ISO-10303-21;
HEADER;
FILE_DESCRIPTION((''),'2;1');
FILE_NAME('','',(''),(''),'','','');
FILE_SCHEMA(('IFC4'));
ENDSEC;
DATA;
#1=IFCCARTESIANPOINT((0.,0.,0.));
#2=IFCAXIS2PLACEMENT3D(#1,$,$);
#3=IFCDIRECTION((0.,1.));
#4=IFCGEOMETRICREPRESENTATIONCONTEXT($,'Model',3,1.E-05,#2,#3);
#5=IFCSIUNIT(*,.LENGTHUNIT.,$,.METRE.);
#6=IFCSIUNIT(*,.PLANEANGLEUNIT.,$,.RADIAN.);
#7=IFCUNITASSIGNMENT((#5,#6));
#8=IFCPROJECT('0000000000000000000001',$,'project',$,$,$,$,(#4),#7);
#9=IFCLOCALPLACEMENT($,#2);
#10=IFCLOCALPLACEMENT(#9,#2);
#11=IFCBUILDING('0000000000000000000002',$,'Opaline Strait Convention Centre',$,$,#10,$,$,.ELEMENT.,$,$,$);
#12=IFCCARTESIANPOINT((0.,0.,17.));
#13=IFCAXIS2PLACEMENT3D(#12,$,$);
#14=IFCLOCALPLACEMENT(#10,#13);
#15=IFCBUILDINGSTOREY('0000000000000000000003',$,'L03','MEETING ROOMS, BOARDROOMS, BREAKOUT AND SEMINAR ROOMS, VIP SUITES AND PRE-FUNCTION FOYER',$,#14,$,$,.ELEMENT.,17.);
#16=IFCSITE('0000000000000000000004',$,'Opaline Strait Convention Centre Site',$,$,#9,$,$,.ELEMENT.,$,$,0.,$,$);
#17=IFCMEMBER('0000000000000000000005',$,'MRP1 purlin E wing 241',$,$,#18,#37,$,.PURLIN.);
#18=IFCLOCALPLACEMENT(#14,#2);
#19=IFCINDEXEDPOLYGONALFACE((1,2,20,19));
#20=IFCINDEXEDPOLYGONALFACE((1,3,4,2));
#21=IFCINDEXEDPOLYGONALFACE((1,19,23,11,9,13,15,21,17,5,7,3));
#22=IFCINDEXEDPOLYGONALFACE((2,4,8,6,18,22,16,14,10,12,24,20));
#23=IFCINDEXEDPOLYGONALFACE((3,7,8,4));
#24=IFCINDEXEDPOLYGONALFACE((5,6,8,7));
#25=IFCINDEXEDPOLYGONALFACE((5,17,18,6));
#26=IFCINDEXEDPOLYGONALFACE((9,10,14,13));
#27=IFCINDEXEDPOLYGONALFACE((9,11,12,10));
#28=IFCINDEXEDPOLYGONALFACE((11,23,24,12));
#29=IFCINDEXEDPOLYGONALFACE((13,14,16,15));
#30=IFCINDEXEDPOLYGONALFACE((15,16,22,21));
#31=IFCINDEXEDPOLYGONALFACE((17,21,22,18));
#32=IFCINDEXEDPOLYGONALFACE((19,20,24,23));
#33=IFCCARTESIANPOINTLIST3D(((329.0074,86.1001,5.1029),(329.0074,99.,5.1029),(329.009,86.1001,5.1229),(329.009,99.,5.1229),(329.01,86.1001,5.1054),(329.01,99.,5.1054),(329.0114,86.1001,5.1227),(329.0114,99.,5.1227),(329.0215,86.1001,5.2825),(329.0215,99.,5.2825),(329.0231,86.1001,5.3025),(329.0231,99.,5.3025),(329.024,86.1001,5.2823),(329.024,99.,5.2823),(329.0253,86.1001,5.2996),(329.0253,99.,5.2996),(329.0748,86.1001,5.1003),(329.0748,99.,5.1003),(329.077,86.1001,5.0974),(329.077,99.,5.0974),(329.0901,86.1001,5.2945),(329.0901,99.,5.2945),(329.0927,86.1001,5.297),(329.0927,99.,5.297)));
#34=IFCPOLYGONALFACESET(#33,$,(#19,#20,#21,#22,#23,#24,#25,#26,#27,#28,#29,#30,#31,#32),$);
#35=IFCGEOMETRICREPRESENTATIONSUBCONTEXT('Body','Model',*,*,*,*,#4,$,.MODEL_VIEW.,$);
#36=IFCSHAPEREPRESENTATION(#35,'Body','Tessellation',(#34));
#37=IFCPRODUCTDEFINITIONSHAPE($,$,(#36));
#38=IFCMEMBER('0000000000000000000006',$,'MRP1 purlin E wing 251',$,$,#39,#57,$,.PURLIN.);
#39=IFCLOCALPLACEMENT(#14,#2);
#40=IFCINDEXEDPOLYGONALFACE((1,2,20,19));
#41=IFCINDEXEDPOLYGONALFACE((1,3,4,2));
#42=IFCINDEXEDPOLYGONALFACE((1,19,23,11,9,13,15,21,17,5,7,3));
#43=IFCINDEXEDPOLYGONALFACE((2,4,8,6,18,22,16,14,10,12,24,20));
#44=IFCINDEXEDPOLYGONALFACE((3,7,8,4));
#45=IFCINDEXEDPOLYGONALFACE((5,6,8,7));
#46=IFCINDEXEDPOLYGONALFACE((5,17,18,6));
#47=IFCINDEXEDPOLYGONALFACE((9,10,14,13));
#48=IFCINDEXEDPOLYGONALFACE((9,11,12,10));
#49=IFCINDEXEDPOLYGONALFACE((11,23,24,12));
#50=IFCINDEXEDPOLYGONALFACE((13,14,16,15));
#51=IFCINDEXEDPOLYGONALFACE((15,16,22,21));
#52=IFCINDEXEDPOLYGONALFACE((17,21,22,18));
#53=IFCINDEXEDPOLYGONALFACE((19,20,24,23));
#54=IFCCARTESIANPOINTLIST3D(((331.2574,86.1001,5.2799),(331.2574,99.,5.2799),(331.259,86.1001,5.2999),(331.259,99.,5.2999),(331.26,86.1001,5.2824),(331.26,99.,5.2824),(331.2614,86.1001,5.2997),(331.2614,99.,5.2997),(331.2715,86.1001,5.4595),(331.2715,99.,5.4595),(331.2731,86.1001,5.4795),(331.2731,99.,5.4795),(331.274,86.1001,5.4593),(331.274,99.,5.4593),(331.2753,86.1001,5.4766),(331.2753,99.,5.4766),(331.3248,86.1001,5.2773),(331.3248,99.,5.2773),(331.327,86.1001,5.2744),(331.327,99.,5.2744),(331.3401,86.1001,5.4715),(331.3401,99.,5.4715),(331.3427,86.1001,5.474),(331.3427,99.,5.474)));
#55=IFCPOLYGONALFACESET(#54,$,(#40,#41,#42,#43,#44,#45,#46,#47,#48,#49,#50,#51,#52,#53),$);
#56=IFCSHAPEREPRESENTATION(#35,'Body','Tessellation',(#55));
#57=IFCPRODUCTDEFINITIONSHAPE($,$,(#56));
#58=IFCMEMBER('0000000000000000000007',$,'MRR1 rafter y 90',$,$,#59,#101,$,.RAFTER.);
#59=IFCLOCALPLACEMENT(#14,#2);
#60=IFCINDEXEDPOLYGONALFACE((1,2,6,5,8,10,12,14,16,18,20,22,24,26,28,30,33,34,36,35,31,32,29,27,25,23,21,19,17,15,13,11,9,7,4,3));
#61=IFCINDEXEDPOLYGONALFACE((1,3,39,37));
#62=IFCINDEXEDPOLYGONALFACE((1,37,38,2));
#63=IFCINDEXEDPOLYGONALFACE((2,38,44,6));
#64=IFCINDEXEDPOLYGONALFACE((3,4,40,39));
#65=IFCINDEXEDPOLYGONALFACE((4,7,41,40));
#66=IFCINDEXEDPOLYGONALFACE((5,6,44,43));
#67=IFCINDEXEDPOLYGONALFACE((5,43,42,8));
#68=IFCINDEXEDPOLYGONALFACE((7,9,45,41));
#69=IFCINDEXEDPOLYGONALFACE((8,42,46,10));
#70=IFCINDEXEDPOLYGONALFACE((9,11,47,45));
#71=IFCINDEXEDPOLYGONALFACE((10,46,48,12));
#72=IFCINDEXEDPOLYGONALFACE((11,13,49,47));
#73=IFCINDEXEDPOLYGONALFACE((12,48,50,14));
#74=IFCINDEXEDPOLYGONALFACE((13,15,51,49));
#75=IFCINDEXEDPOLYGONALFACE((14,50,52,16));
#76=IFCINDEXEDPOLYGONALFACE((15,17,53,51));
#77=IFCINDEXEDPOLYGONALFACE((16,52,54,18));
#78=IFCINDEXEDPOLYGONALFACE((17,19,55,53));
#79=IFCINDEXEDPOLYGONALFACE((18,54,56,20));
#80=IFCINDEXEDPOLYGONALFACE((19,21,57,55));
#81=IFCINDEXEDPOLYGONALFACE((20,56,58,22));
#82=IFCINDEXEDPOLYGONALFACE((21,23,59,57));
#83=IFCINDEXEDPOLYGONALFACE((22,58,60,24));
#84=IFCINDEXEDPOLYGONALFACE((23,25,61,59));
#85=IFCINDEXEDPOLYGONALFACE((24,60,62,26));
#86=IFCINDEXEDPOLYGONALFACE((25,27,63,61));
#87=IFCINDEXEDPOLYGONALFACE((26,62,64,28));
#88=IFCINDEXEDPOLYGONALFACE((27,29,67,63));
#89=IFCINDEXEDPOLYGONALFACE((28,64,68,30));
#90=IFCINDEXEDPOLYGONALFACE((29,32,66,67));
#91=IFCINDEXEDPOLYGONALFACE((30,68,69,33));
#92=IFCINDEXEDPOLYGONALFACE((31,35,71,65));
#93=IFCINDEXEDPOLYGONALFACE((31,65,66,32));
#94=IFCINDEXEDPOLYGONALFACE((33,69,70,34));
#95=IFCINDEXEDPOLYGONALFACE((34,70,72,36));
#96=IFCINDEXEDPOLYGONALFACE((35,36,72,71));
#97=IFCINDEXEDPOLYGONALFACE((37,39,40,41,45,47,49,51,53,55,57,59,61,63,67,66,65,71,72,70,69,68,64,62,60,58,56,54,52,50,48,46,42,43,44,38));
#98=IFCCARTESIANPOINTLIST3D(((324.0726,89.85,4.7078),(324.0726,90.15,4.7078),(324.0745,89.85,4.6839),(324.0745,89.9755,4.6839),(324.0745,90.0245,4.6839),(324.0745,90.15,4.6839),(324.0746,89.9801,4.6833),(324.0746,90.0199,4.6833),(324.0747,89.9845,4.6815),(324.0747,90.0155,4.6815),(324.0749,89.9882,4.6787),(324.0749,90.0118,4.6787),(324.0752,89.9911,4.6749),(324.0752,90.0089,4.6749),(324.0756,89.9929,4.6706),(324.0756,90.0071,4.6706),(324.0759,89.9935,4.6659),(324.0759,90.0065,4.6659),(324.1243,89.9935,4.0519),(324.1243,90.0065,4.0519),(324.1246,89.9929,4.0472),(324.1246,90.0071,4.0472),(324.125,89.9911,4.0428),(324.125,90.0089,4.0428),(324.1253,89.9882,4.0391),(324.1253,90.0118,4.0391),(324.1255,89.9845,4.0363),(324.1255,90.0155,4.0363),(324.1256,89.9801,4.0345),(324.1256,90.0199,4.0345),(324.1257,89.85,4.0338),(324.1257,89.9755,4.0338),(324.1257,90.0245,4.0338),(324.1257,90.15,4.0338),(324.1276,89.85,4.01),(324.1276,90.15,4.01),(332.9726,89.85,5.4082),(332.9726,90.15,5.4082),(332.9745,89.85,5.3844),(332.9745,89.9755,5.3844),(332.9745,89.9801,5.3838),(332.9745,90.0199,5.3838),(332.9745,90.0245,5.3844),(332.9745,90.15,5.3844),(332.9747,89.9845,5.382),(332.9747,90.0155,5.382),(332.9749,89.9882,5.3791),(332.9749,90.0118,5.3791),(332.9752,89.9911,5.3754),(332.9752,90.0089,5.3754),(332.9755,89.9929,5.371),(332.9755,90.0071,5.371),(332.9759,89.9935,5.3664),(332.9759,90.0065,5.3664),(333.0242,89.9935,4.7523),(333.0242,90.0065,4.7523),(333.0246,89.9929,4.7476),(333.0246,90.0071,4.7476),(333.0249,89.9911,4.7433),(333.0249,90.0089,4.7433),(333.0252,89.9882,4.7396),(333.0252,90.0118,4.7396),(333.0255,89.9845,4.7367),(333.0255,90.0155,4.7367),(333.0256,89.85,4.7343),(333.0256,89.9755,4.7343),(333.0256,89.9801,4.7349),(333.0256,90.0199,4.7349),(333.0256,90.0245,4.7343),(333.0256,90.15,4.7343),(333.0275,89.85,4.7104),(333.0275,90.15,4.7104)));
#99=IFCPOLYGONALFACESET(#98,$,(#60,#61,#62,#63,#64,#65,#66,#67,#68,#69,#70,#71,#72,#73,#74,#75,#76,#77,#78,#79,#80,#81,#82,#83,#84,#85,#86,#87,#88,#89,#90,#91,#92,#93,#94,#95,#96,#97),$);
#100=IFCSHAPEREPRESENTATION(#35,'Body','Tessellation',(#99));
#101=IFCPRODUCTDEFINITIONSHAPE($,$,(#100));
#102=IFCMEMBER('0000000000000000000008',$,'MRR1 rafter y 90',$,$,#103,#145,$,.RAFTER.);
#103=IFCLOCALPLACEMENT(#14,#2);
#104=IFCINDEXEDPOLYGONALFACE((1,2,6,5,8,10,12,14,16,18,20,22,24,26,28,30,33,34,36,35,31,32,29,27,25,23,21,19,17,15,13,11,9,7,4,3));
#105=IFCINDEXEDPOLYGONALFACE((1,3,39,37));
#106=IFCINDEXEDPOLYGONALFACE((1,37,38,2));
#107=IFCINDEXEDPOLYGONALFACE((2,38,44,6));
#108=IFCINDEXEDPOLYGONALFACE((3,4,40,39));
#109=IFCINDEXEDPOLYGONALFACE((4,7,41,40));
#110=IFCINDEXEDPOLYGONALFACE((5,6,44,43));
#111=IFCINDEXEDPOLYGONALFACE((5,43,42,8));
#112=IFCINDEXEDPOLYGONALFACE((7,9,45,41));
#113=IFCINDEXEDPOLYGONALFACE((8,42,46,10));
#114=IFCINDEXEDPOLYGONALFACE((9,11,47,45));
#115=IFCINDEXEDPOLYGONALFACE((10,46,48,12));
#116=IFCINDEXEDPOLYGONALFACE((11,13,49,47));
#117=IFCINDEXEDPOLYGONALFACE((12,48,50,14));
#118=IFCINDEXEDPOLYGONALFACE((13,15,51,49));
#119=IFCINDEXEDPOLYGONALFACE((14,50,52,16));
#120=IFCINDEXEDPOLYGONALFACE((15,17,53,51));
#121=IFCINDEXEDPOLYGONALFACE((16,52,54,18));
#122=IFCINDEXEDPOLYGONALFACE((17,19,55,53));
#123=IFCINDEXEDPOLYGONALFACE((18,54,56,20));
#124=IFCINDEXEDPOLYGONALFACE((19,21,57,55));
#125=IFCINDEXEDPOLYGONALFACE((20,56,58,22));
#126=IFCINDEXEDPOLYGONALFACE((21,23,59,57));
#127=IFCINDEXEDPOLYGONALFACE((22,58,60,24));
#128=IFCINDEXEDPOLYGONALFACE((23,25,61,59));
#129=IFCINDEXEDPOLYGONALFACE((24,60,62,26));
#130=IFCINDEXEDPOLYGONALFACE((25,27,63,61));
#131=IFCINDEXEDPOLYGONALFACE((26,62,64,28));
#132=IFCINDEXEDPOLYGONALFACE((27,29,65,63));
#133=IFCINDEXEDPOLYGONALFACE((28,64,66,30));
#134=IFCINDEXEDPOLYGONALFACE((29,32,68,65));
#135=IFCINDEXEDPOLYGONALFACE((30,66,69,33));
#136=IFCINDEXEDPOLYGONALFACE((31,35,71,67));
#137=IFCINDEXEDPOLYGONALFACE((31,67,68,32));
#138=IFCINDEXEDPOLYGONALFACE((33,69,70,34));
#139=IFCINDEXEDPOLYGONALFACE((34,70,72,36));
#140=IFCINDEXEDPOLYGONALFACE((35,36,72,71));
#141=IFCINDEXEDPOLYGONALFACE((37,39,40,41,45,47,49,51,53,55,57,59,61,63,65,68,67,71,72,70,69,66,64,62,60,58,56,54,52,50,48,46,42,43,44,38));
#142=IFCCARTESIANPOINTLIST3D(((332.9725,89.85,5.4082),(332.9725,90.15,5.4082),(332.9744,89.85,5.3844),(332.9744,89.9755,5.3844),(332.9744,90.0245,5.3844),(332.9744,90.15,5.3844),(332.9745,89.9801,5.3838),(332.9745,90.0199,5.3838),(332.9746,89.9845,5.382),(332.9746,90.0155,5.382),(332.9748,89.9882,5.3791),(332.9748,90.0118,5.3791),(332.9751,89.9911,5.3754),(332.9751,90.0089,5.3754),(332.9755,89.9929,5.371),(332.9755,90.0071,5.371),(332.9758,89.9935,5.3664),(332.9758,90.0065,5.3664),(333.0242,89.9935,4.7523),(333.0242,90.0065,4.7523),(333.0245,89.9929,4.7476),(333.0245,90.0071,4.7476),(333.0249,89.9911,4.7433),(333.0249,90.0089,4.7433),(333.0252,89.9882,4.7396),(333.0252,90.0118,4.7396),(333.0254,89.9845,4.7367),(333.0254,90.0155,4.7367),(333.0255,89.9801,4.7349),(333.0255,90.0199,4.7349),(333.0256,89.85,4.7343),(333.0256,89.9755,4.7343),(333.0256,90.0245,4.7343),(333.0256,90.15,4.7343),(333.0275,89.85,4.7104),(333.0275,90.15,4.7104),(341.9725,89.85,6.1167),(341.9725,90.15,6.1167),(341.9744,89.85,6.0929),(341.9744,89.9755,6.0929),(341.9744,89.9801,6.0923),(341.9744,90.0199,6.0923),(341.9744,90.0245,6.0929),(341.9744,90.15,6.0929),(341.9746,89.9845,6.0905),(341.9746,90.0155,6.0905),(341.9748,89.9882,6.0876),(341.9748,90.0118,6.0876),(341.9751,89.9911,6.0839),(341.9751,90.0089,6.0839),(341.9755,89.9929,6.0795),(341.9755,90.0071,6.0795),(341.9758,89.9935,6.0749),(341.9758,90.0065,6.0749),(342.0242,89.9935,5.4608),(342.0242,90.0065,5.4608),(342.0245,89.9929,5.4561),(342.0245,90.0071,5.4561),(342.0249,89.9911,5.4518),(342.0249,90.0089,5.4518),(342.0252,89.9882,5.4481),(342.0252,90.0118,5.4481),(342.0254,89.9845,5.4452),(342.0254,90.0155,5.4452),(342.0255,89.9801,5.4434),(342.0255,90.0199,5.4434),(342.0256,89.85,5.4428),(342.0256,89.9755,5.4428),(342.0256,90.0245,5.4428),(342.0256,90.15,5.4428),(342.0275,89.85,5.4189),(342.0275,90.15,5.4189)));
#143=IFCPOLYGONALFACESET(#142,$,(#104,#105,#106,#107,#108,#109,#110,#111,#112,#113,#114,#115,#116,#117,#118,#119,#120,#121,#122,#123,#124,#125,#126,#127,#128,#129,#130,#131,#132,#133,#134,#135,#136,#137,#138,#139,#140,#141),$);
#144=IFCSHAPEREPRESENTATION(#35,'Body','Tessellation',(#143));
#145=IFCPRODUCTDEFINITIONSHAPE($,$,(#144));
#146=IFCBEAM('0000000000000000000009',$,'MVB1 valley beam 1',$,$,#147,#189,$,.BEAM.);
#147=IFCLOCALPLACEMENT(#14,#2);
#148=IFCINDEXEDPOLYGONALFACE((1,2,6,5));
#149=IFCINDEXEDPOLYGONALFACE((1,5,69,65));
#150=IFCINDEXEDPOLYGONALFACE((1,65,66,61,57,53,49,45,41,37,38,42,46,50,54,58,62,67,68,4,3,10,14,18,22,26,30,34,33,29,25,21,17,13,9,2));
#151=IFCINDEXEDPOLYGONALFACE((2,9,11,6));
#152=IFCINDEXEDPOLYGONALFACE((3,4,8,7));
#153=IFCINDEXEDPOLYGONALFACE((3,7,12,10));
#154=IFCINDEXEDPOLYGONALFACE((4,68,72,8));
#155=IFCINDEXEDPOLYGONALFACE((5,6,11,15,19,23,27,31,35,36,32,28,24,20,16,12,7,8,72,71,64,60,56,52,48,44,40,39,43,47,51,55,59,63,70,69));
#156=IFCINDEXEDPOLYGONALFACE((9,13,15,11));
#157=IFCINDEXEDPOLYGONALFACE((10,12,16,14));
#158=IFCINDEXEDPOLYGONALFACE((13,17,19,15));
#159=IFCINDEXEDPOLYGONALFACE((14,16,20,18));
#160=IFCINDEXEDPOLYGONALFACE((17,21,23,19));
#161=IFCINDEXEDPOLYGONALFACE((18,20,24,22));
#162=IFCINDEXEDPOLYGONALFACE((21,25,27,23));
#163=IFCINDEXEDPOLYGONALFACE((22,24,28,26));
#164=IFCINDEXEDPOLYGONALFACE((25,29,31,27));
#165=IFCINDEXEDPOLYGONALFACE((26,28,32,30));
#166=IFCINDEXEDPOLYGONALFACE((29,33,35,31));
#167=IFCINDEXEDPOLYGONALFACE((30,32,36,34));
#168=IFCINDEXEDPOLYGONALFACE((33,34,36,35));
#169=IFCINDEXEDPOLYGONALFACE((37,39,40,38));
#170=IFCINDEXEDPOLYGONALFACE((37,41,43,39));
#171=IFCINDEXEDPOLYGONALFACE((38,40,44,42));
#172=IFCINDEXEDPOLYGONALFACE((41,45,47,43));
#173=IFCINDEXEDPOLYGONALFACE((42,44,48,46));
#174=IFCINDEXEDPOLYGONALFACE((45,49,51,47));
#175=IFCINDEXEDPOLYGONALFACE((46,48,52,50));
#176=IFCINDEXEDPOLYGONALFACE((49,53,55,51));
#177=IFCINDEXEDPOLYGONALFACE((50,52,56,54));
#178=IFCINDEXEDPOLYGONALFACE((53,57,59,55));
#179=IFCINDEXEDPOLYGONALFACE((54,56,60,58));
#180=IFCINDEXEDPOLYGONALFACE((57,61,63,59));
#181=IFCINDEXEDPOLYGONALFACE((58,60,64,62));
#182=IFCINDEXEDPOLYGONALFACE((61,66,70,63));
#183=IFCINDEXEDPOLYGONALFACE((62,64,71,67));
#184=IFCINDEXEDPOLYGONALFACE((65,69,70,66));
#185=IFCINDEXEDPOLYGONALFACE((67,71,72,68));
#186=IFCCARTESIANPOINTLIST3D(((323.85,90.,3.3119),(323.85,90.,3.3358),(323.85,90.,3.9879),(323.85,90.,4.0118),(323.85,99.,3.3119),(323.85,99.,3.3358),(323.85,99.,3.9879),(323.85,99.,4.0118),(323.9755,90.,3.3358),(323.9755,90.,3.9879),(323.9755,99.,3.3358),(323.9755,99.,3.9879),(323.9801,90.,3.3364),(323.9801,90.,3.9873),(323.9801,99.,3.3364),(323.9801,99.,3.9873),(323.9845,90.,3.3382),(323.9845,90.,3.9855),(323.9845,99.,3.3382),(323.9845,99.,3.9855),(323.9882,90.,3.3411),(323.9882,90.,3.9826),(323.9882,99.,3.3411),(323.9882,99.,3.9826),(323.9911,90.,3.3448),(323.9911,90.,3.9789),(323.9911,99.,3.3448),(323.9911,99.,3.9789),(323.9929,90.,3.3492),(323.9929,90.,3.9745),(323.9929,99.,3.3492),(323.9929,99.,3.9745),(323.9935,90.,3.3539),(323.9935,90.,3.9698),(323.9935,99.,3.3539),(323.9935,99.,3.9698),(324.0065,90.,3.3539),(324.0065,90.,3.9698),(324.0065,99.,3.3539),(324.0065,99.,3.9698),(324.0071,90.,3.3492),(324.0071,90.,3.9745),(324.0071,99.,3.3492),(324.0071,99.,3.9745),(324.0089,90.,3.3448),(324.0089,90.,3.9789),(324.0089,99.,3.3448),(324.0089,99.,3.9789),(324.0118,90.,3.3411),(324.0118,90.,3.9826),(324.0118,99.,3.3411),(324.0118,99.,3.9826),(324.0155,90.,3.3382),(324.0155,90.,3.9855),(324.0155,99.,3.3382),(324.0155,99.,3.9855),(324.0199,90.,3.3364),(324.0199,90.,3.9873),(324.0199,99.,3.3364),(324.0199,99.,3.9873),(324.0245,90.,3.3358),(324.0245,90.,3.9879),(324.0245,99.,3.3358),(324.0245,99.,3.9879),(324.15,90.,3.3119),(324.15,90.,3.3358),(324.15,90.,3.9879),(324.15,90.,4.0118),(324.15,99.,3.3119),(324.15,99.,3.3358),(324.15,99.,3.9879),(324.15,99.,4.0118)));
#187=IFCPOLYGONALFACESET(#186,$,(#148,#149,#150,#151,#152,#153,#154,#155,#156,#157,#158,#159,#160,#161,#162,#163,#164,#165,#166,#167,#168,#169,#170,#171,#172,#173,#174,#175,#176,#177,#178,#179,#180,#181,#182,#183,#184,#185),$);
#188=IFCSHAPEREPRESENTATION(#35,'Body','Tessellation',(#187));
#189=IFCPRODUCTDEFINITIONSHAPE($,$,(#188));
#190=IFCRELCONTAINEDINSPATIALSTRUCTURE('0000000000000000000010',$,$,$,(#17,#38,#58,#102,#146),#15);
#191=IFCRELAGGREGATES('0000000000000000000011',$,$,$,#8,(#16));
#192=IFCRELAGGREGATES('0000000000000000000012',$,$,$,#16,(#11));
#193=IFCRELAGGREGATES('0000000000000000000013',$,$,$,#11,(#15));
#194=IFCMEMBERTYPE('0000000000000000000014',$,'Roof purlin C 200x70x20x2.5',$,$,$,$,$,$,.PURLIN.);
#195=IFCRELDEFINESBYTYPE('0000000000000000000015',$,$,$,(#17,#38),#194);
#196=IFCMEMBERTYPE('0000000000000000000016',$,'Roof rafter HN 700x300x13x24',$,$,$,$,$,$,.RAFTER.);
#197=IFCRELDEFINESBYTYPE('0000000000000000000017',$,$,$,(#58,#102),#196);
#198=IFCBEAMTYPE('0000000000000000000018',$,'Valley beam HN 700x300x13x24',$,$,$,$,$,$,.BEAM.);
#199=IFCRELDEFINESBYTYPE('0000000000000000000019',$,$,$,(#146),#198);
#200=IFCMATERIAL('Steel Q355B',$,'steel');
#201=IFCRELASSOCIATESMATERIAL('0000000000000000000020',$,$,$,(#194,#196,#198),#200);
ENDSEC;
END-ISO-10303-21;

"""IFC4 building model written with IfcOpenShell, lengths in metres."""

from ifc_helpers import new_model, si_unit, direction, frame, origin, origin_2d, place, context, subcontext, project, spatial, polyline, i_section, outline, extrude, material, material_profile, profile_set, type_object, element, save


model = new_model("IFC4")

# Units and contexts
model_context = context("Model", 3, precision=1e-05, world=origin(), true_north=direction((0.0, 1.0)))
body_context = subcontext(model_context, "Body", "Model", "MODEL_VIEW")
ifc_project = project(units=[si_unit("LENGTHUNIT", "METRE"), si_unit("PLANEANGLEUNIT", "RADIAN")], contexts=[model_context])

# Site, building, storey
site_placement = place(None, origin())
site = spatial("IfcSite", under=ifc_project, at=site_placement, Name="Opaline Strait Convention Centre Site", CompositionType="ELEMENT", RefElevation=0.0)
building_placement = place(site_placement, origin())
building = spatial("IfcBuilding", under=site, at=building_placement, Name="Opaline Strait Convention Centre", CompositionType="ELEMENT")
storey_placement = place(building_placement, frame((0.0, 0.0, 17.0)))
storey = spatial("IfcBuildingStorey", under=building, at=storey_placement, Name="L03", Description="MEETING ROOMS, BOARDROOMS, BREAKOUT AND SEMINAR ROOMS, VIP SUITES AND PRE-FUNCTION FOYER", CompositionType="ELEMENT", Elevation=17.0)

# Shared definitions
ifc_material_1 = material(Name="Steel Q355B", Category="steel")

# Members
ifc_material_profile_1 = material_profile(ifc_material_1, outline(polyline([(-0.0349, -0.1001), (0.0349, -0.1001), (0.0349, -0.0801), (0.0325, -0.0801), (0.0325, -0.0974), (-0.0325, -0.0974), (-0.0325, 0.0974), (0.0325, 0.0974), (0.0325, 0.0801), (0.0349, 0.0801), (0.0349, 0.1001), (-0.0349, 0.1001), (-0.0349, -0.1001)])), Name="C 200x70x20x2.5")
ifc_profile_set_1 = profile_set([ifc_material_profile_1], Name="Steel Q355B")
member_type_1 = type_object("IfcMemberType", Name="Roof purlin C 200x70x20x2.5", PredefinedType="PURLIN", material=ifc_profile_set_1)
for number, where, z_axis, x_axis, name in (
    (1, (329.05, 86.1001, 5.2), (0.0, 1.0, 0.0), (-0.996917, 0.0, 0.078459), "MRP1 purlin E wing 241"),
    (2, (331.3, 86.1001, 5.377), (0.0, 1.0, 0.0), (-0.996917, 0.0, 0.078459), "MRP1 purlin E wing 251"),
):
    element("IfcMember", number, at=place(storey_placement, frame(where, z_axis=z_axis, x_axis=x_axis)), inside=storey, type_object=member_type_1, Name=name, PredefinedType="PURLIN", context=body_context, shape_type="SweptSolid", body=[
        extrude(outline(polyline([(-0.0349, -0.1001), (0.0349, -0.1001), (0.0349, -0.0801), (0.0325, -0.0801), (0.0325, -0.0974), (-0.0325, -0.0974), (-0.0325, 0.0974), (0.0325, 0.0974), (0.0325, 0.0801), (0.0349, 0.0801), (0.0349, 0.1001), (-0.0349, 0.1001), (-0.0349, -0.1001)])), origin(), (0.0, 0.0, 1.0), 12.8999),
    ])
ifc_material_profile_2 = material_profile(ifc_material_1, i_section(OverallWidth=0.3, OverallDepth=0.7, WebThickness=0.0129, FlangeThickness=0.0239, FilletRadius=0.0181, at=origin_2d()), Name="HN 700x300x13x24")
ifc_profile_set_2 = profile_set([ifc_material_profile_2], Name="Steel Q355B")
member_type_2 = type_object("IfcMemberType", Name="Roof rafter HN 700x300x13x24", PredefinedType="RAFTER", material=ifc_profile_set_2)
member_1_placement = place(storey_placement, frame((324.1001, 90.0, 4.3589), z_axis=(0.996917, 0.0, 0.078459), x_axis=(0.0, 1.0, 0.0)))
element("IfcMember", 3, at=member_1_placement, inside=storey, type_object=member_type_2, Name="MRR1 rafter y 90", PredefinedType="RAFTER", context=body_context, shape_type="SweptSolid", body=[
    extrude(i_section(OverallWidth=0.3, OverallDepth=0.7, WebThickness=0.0129, FlangeThickness=0.0239, FilletRadius=0.0181, at=origin_2d()), origin(), (0.0, 0.0, 1.0), 8.9275),
])
member_2_placement = place(storey_placement, frame((333.0, 90.0, 5.0593), z_axis=(0.996916, 0.0, 0.078479), x_axis=(0.0, 1.0, 0.0)))
element("IfcMember", 4, at=member_2_placement, inside=storey, type_object=member_type_2, Name="MRR1 rafter y 90", PredefinedType="RAFTER", context=body_context, shape_type="SweptSolid", body=[
    extrude(i_section(OverallWidth=0.3, OverallDepth=0.7, WebThickness=0.0129, FlangeThickness=0.0239, FilletRadius=0.0181, at=origin_2d()), origin(), (0.0, 0.0, 1.0), 9.0278),
])

# Beam
ifc_material_profile_3 = material_profile(ifc_material_1, i_section(OverallWidth=0.3, OverallDepth=0.7, WebThickness=0.0129, FlangeThickness=0.0239, FilletRadius=0.0181, at=origin_2d()), Name="HN 700x300x13x24")
ifc_profile_set_3 = profile_set([ifc_material_profile_3], Name="Steel Q355B")
beam_type = type_object("IfcBeamType", Name="Valley beam HN 700x300x13x24", PredefinedType="BEAM", material=ifc_profile_set_3)
for number, where, z_axis, x_axis, name in (
    (5, (324.0, 90.0, 3.6619), (0.0, 1.0, 0.0), (-1.0, 0.0, 0.0), "MVB1 valley beam 1"),
):
    element("IfcBeam", number, at=place(storey_placement, frame(where, z_axis=z_axis, x_axis=x_axis)), inside=storey, type_object=beam_type, Name=name, PredefinedType="BEAM", context=body_context, shape_type="SweptSolid", body=[
        extrude(i_section(OverallWidth=0.3, OverallDepth=0.7, WebThickness=0.0129, FlangeThickness=0.0239, FilletRadius=0.0181, at=origin_2d()), origin(), (0.0, 0.0, 1.0), 9.0),
    ])

save(model, "model.ifc")
